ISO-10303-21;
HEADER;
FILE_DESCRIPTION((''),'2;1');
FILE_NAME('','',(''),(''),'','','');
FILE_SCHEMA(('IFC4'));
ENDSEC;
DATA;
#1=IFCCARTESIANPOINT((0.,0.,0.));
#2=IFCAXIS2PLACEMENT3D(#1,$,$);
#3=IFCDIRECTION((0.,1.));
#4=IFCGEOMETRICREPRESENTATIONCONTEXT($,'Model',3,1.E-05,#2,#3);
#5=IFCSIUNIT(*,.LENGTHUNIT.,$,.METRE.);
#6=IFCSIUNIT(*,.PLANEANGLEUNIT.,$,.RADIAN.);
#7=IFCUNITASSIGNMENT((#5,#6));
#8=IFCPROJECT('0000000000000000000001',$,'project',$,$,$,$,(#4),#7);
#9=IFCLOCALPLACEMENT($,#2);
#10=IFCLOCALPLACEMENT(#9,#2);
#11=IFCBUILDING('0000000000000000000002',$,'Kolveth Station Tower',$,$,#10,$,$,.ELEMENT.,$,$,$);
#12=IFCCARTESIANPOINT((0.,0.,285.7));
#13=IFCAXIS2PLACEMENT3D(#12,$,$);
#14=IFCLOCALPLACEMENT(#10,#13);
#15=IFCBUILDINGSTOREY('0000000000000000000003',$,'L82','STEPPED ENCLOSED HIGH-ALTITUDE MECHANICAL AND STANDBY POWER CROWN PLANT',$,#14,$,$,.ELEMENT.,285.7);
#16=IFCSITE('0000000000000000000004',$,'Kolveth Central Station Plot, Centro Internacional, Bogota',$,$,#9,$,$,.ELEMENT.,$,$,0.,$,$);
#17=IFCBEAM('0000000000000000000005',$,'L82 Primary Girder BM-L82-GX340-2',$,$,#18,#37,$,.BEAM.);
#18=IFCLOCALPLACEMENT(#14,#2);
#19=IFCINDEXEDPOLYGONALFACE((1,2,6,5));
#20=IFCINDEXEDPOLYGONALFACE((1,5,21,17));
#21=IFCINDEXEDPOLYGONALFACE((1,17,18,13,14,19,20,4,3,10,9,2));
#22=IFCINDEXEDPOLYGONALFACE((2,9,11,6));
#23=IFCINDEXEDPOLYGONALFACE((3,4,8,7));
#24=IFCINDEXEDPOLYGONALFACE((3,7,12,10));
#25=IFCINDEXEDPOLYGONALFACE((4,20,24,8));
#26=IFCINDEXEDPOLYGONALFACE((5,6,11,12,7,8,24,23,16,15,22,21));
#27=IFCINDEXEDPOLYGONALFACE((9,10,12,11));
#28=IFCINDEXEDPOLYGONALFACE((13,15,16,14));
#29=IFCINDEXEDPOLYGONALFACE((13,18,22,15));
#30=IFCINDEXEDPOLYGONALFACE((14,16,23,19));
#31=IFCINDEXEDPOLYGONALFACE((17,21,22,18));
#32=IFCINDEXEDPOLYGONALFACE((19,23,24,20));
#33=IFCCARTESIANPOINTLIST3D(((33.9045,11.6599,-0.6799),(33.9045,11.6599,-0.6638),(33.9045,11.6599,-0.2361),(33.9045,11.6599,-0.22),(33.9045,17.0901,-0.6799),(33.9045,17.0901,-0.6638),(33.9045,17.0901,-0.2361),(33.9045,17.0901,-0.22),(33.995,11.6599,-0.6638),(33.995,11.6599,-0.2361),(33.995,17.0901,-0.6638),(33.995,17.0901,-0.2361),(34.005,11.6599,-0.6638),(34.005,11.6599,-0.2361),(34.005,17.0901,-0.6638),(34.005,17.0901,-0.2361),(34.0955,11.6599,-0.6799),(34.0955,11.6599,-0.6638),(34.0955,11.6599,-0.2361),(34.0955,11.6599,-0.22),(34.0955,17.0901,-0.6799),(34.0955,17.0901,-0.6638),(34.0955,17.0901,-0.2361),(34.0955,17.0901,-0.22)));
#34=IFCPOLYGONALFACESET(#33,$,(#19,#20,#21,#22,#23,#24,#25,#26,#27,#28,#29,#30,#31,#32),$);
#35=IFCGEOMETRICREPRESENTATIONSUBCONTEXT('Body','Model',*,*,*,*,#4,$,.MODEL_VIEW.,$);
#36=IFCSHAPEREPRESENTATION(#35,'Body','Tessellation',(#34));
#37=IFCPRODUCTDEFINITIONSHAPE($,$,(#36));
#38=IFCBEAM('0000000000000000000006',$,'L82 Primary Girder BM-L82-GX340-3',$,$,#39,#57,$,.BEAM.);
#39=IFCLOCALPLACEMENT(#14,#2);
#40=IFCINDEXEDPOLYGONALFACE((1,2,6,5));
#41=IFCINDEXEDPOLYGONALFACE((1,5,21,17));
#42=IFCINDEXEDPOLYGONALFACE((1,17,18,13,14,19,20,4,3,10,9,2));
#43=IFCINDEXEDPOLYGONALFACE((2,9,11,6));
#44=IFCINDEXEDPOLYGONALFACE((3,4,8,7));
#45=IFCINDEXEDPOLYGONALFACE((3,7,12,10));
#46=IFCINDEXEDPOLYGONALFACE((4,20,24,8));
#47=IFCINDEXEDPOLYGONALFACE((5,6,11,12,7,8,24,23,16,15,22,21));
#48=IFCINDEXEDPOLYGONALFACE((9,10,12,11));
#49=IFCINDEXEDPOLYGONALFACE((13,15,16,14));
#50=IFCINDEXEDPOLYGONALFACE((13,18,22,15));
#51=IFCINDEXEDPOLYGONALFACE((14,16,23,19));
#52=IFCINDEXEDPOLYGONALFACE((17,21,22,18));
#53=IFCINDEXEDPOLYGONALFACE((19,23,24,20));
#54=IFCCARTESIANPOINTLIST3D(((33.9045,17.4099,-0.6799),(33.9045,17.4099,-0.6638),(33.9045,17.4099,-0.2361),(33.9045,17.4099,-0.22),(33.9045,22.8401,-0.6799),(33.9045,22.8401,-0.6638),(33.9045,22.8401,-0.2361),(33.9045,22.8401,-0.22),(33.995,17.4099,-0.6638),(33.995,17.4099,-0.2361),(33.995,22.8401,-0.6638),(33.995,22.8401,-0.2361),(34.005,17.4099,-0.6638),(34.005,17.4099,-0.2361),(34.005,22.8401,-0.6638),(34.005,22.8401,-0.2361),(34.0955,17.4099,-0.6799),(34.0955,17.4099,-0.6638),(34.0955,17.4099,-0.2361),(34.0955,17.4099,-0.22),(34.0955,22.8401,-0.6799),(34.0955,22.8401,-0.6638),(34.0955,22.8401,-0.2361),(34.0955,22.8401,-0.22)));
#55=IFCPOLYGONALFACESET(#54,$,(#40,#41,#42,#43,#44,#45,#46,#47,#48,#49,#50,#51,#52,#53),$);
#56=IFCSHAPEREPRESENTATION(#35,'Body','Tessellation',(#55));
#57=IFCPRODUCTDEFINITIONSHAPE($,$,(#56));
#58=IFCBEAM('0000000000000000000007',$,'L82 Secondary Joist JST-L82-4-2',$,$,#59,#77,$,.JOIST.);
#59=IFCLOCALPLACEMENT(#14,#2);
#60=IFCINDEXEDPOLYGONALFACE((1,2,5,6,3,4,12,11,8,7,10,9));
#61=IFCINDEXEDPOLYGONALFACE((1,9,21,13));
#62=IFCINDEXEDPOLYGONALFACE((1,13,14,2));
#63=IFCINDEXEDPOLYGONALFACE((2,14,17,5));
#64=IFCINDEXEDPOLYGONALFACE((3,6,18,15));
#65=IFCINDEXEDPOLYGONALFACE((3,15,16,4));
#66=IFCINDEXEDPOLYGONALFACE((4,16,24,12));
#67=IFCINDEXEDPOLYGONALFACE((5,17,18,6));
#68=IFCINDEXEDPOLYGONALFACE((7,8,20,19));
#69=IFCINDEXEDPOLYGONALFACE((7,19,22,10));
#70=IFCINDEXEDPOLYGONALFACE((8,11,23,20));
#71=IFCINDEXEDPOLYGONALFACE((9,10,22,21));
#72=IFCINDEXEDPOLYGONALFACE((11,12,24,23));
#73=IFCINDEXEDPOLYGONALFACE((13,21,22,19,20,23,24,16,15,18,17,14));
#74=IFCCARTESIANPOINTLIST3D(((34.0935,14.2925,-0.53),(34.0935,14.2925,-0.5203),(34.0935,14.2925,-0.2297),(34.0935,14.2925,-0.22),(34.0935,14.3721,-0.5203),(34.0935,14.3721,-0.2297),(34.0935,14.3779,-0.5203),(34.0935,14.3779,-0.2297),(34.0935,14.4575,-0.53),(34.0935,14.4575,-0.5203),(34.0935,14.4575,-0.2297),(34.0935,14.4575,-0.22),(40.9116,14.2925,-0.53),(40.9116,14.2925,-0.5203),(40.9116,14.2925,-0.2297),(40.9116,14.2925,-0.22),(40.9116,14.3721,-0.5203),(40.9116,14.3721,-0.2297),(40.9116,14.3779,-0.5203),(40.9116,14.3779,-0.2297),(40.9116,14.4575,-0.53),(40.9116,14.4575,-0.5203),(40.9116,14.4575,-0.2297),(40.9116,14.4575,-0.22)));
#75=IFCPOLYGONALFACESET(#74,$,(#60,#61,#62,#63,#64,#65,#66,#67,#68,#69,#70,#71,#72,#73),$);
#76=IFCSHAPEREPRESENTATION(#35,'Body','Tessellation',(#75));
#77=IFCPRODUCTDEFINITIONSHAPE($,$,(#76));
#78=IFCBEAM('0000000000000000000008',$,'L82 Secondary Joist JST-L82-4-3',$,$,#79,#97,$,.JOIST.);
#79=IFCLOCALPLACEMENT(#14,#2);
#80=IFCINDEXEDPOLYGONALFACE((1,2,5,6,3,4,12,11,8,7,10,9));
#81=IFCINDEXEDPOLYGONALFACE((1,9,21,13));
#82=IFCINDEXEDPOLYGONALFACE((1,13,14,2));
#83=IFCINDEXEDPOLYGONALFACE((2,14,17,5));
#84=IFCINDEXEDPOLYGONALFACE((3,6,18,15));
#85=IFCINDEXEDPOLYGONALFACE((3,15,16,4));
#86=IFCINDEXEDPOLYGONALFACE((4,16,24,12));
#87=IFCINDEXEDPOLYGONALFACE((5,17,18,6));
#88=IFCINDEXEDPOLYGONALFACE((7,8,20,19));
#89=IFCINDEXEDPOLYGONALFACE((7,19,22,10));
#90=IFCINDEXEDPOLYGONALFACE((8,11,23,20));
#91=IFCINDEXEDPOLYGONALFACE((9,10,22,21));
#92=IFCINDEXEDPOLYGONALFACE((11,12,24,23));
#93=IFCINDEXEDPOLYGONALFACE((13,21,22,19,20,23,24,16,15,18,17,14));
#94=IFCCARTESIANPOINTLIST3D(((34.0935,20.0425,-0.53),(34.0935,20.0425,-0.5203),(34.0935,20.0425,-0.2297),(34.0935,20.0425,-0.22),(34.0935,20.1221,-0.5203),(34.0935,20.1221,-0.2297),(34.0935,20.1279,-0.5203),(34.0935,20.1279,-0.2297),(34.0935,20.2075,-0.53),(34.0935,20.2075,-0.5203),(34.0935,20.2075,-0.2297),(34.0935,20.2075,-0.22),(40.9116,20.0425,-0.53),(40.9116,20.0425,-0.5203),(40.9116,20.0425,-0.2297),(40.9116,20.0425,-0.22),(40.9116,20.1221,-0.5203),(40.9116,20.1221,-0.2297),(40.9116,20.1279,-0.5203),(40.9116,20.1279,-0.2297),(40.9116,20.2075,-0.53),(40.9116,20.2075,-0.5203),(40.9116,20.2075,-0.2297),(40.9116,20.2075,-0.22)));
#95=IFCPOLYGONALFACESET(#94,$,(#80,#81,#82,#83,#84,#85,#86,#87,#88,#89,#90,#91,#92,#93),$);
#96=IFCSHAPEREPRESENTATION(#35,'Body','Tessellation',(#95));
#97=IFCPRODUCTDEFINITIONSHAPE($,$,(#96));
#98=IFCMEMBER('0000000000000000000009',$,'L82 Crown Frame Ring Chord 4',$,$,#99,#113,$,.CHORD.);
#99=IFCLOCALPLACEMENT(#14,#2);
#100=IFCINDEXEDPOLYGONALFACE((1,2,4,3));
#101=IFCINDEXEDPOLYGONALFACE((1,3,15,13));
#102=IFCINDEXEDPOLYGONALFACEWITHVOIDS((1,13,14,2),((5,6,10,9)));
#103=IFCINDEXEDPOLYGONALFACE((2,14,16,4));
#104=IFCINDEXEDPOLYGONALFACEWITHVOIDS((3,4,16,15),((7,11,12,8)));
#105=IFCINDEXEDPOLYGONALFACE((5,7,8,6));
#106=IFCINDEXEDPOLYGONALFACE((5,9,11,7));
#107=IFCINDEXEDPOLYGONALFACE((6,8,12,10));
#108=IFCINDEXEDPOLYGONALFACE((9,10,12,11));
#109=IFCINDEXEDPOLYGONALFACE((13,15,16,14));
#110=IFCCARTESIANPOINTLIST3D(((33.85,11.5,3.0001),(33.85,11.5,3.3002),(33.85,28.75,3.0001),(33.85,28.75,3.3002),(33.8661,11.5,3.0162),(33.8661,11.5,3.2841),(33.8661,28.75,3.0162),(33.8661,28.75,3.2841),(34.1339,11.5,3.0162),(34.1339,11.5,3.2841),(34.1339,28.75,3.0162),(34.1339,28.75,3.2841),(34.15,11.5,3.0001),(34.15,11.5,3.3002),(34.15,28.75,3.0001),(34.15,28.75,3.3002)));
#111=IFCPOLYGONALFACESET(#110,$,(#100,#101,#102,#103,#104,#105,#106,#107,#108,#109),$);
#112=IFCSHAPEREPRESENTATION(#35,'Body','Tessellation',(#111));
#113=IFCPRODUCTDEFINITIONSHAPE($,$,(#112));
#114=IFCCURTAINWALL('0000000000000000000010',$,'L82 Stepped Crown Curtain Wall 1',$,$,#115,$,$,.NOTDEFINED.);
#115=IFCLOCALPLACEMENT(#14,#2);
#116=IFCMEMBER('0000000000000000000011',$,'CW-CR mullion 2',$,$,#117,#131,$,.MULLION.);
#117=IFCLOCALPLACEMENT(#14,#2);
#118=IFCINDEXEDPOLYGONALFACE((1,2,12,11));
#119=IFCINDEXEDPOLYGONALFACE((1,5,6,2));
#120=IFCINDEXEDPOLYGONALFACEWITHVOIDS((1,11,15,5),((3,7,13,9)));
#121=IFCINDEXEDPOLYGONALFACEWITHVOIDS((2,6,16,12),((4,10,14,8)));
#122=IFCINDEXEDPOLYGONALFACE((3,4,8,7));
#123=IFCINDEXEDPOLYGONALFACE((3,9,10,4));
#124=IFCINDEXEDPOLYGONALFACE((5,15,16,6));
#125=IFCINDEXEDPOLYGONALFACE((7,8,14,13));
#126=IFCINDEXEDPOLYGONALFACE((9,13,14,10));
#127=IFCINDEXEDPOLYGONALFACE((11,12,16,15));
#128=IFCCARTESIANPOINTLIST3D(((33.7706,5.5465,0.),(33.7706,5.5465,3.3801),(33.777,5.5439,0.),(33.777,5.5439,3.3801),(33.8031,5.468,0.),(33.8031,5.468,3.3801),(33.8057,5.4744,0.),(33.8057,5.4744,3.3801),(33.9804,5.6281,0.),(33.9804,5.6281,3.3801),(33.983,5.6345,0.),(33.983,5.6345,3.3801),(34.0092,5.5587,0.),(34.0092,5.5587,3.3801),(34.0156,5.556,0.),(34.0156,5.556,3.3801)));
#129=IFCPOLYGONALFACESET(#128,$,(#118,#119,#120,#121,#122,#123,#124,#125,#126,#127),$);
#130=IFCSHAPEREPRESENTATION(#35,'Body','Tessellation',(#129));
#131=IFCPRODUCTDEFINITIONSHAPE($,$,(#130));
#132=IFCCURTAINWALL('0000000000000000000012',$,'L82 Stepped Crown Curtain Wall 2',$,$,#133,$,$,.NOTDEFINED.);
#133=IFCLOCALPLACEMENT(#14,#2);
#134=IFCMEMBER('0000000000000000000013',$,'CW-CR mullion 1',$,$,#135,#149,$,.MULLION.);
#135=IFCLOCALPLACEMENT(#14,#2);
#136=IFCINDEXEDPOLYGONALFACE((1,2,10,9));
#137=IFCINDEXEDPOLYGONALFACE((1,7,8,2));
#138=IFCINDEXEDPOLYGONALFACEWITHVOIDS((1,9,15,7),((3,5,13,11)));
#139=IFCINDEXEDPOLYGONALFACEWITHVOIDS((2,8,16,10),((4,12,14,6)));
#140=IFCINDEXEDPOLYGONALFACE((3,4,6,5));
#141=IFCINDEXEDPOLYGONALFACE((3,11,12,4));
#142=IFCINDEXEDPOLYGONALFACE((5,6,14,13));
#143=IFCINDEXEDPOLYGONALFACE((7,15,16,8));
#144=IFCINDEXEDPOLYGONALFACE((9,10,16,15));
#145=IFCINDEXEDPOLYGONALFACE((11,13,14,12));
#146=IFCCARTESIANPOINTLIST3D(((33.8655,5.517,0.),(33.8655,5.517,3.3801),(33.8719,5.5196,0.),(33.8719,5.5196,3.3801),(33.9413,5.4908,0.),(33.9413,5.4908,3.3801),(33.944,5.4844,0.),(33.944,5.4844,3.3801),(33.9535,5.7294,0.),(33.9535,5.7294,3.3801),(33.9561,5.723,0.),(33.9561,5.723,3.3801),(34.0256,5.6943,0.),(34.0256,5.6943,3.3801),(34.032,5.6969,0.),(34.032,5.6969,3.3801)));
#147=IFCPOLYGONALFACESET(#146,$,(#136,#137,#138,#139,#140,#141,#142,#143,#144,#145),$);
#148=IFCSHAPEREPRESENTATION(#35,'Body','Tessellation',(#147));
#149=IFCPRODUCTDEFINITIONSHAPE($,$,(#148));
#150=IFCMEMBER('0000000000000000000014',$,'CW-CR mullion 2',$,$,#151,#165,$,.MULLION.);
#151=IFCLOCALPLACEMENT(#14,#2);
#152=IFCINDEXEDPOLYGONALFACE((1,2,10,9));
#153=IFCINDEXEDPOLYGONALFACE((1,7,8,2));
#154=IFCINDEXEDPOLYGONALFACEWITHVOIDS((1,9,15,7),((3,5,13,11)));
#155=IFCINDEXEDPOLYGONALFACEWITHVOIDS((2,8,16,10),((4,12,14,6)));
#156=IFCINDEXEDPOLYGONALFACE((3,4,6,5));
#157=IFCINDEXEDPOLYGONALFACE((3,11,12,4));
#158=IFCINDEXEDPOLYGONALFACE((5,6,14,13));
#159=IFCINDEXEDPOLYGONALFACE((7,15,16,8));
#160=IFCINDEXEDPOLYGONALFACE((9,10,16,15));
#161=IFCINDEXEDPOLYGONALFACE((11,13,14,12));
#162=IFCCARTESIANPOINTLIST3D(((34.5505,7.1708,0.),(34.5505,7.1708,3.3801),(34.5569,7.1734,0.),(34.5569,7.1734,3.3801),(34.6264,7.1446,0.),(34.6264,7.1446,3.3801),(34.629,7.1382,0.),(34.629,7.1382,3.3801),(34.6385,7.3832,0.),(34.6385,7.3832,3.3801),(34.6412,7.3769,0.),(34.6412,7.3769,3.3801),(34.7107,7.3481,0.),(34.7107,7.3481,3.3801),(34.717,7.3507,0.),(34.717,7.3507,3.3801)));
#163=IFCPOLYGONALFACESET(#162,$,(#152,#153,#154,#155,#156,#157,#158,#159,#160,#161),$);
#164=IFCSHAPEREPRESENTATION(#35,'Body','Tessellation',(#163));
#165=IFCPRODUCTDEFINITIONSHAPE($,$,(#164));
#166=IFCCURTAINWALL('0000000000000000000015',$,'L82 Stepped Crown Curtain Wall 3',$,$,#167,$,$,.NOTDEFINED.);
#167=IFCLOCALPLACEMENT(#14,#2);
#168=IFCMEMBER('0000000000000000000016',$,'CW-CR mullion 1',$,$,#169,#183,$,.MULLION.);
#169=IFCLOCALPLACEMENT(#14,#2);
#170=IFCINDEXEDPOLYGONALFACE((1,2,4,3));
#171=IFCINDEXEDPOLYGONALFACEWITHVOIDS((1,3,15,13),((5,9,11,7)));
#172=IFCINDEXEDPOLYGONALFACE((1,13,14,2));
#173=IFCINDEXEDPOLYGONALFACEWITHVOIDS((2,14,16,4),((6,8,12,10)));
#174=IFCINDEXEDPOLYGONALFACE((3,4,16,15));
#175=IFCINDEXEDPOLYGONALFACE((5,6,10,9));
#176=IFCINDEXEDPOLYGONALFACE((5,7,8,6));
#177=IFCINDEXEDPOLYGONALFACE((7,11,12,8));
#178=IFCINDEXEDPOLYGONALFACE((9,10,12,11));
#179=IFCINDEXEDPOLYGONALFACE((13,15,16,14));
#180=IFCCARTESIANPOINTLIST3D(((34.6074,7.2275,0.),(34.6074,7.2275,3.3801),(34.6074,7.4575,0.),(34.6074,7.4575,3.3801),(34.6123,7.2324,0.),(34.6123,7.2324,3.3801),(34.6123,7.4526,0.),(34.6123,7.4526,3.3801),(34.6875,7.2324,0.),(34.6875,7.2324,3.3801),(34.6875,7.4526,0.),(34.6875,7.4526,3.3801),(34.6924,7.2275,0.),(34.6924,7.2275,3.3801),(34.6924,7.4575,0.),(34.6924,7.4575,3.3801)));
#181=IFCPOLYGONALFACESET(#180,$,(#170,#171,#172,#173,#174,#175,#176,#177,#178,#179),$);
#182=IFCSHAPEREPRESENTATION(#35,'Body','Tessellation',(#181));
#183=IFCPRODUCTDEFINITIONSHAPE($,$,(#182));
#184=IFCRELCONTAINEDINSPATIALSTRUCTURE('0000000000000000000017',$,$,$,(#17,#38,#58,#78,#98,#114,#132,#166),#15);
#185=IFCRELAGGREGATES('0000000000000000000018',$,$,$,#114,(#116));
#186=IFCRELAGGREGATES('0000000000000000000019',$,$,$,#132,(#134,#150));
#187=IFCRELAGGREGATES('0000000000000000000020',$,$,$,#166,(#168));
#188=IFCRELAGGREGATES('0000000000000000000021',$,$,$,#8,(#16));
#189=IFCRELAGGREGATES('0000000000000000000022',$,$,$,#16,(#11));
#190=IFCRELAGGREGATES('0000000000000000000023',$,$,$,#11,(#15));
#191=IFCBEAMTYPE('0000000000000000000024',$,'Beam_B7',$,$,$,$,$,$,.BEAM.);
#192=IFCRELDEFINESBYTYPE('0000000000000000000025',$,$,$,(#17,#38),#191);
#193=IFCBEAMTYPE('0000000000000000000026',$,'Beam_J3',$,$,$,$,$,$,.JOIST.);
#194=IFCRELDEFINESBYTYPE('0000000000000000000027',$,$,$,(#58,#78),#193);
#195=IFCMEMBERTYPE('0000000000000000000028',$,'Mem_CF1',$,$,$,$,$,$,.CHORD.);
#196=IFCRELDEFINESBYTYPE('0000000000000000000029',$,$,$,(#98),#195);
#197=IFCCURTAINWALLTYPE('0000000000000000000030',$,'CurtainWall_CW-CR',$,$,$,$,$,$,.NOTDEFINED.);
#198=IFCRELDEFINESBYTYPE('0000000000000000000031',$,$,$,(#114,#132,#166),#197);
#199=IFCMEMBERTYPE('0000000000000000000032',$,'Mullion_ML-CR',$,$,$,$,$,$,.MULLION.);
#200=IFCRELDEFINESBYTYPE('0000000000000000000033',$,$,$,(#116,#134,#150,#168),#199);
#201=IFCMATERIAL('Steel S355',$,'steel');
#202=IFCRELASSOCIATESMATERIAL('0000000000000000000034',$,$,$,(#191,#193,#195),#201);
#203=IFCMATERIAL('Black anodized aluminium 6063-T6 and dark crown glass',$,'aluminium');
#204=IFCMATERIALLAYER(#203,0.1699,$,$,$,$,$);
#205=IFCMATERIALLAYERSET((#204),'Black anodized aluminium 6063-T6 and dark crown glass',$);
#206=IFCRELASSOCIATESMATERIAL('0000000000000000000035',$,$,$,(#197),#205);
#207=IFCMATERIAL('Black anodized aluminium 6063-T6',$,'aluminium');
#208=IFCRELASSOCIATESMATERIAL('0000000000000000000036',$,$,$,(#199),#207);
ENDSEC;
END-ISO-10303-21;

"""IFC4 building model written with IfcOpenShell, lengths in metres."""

from ifc_helpers import new_model, si_unit, direction, frame, origin, origin_2d, place, context, subcontext, project, spatial, hollow_rectangle, i_section, extrude, source, transform, mapped, material, layer, layer_set, material_profile, profile_set, type_object, element, aggregate, save


model = new_model("IFC4")

# Units and contexts
model_context = context("Model", 3, precision=1e-05, world=origin(), true_north=direction((0.0, 1.0)))
body_context = subcontext(model_context, "Body", "Model", "MODEL_VIEW")
ifc_project = project(units=[si_unit("LENGTHUNIT", "METRE"), si_unit("PLANEANGLEUNIT", "RADIAN")], contexts=[model_context])

# Site, building, storey
site_placement = place(None, origin())
site = spatial("IfcSite", under=ifc_project, at=site_placement, Name="Kolveth Central Station Plot, Centro Internacional, Bogota", CompositionType="ELEMENT", RefElevation=0.0)
building_placement = place(site_placement, origin())
building = spatial("IfcBuilding", under=site, at=building_placement, Name="Kolveth Station Tower", CompositionType="ELEMENT")
storey_placement = place(building_placement, frame((0.0, 0.0, 285.7)))
storey = spatial("IfcBuildingStorey", under=building, at=storey_placement, Name="L82", Description="STEPPED ENCLOSED HIGH-ALTITUDE MECHANICAL AND STANDBY POWER CROWN PLANT", CompositionType="ELEMENT", Elevation=285.7)

# Shared definitions
ifc_material_1 = material(Name="Steel S355", Category="steel")

# Beams
ifc_material_profile_1 = material_profile(ifc_material_1, i_section(OverallWidth=0.1909, OverallDepth=0.46, WebThickness=0.01, FlangeThickness=0.0161, at=origin_2d()), Name="W460x82")
ifc_profile_set_1 = profile_set([ifc_material_profile_1], Name="Steel S355")
beam_type_1 = type_object("IfcBeamType", Name="Beam_B7", PredefinedType="BEAM", material=ifc_profile_set_1)
shared_shape_1 = source(origin(), body_context, "Body", "SweptSolid", [
    extrude(i_section(OverallWidth=0.1909, OverallDepth=0.46, WebThickness=0.01, FlangeThickness=0.0161, at=origin_2d()), origin(), (0.0, 0.0, 1.0), 5.4302),
])
for number, where, z_axis, x_axis, name in (
    (1, (34.0, 11.6599, -0.45), (0.0, 1.0, 0.0), (-1.0, 0.0, 0.0), "L82 Primary Girder BM-L82-GX340-2"),
    (2, (34.0, 17.4099, -0.45), (0.0, 1.0, 0.0), (-1.0, 0.0, 0.0), "L82 Primary Girder BM-L82-GX340-3"),
):
    element("IfcBeam", number, at=place(storey_placement, frame(where, z_axis=z_axis, x_axis=x_axis)), inside=storey, type_object=beam_type_1, Name=name, PredefinedType="BEAM", context=body_context, shape_type="MappedRepresentation", body=[
        mapped(shared_shape_1, transform((0.0, 0.0, 0.0), x_axis=(1.0, 0.0, 0.0), y_axis=(0.0, 1.0, 0.0), z_axis=(0.0, 0.0, 1.0), scale=1.0)),
    ])
ifc_material_profile_2 = material_profile(ifc_material_1, i_section(OverallWidth=0.165, OverallDepth=0.3101, WebThickness=0.0059, FlangeThickness=0.0098, at=origin_2d()), Name="W310x39")
ifc_profile_set_2 = profile_set([ifc_material_profile_2], Name="Steel S355")
beam_type_2 = type_object("IfcBeamType", Name="Beam_J3", PredefinedType="JOIST", material=ifc_profile_set_2)
shared_shape_2 = source(origin(), body_context, "Body", "SweptSolid", [
    extrude(i_section(OverallWidth=0.165, OverallDepth=0.3101, WebThickness=0.0059, FlangeThickness=0.0098, at=origin_2d()), origin(), (0.0, 0.0, 1.0), 6.8181),
])
for number, where, z_axis, x_axis, name in (
    (3, (34.0935, 14.375, -0.375), (1.0, 0.0, 0.0), (0.0, 1.0, 0.0), "L82 Secondary Joist JST-L82-4-2"),
    (4, (34.0935, 20.125, -0.375), (1.0, 0.0, 0.0), (0.0, 1.0, 0.0), "L82 Secondary Joist JST-L82-4-3"),
):
    element("IfcBeam", number, at=place(storey_placement, frame(where, z_axis=z_axis, x_axis=x_axis)), inside=storey, type_object=beam_type_2, Name=name, PredefinedType="JOIST", context=body_context, shape_type="MappedRepresentation", body=[
        mapped(shared_shape_2, transform((0.0, 0.0, 0.0), x_axis=(1.0, 0.0, 0.0), y_axis=(0.0, 1.0, 0.0), z_axis=(0.0, 0.0, 1.0), scale=1.0)),
    ])

# Member
ifc_material_profile_3 = material_profile(ifc_material_1, hollow_rectangle(XDim=0.3, YDim=0.3, WallThickness=0.0161, at=origin_2d()), Name="CROWN-HSS300x300x16")
ifc_profile_set_3 = profile_set([ifc_material_profile_3], Name="Steel S355")
member_type_1 = type_object("IfcMemberType", Name="Mem_CF1", PredefinedType="CHORD", material=ifc_profile_set_3)
shared_shape_3 = source(origin(), body_context, "Body", "SweptSolid", [
    extrude(hollow_rectangle(XDim=0.3, YDim=0.3, WallThickness=0.0161, at=origin_2d()), origin(), (0.0, 0.0, 1.0), 17.25),
])
member_1_placement = place(storey_placement, frame((34.0, 11.5, 3.1501), z_axis=(0.0, 1.0, 0.0), x_axis=(-1.0, 0.0, 0.0)))
element("IfcMember", 5, at=member_1_placement, inside=storey, type_object=member_type_1, Name="L82 Crown Frame Ring Chord 4", PredefinedType="CHORD", context=body_context, shape_type="MappedRepresentation", body=[
    mapped(shared_shape_3, transform((0.0, 0.0, 0.0), x_axis=(1.0, 0.0, 0.0), y_axis=(0.0, 1.0, 0.0), z_axis=(0.0, 0.0, 1.0), scale=1.0)),
])

# Curtain wall, member
ifc_material_2 = material(Name="Black anodized aluminium 6063-T6 and dark crown glass", Category="aluminium")
ifc_layer_1 = layer(ifc_material_2, 0.1699)
ifc_layer_set_1 = layer_set([ifc_layer_1], Name="Black anodized aluminium 6063-T6 and dark crown glass")
curtain_wall_type = type_object("IfcCurtainWallType", Name="CurtainWall_CW-CR", PredefinedType="NOTDEFINED", material=ifc_layer_set_1)
curtain_wall_1_placement = place(storey_placement, origin())
curtain_wall_1 = element("IfcCurtainWall", 6, at=curtain_wall_1_placement, inside=storey, type_object=curtain_wall_type, Name="L82 Stepped Crown Curtain Wall 1", PredefinedType="NOTDEFINED")
ifc_material_3 = material(Name="Black anodized aluminium 6063-T6", Category="aluminium")
ifc_material_profile_4 = material_profile(ifc_material_3, hollow_rectangle(XDim=0.085, YDim=0.23, WallThickness=0.0049, at=origin_2d()), Name="ALU-85x230x5")
ifc_profile_set_4 = profile_set([ifc_material_profile_4], Name="Black anodized aluminium 6063-T6")
member_type_2 = type_object("IfcMemberType", Name="Mullion_ML-CR", PredefinedType="MULLION", material=ifc_profile_set_4)
shared_shape_4 = source(origin(), body_context, "Body", "SweptSolid", [
    extrude(hollow_rectangle(XDim=0.085, YDim=0.23, WallThickness=0.0049, at=origin_2d()), origin(), (0.0, 0.0, 1.0), 3.3801),
])
member_2_placement = place(storey_placement, frame((33.8931, 5.5513, 0.0), z_axis=(0.0, 0.0, 1.0), x_axis=(-0.382691, 0.923876, 0.0)))
member_2 = element("IfcMember", 7, at=member_2_placement, type_object=member_type_2, Name="CW-CR mullion 2", PredefinedType="MULLION", context=body_context, shape_type="MappedRepresentation", body=[
    mapped(shared_shape_4, transform((0.0, 0.0, 0.0), x_axis=(1.0, 0.0, 0.0), y_axis=(0.0, 1.0, 0.0), z_axis=(0.0, 0.0, 1.0), scale=1.0)),
])
aggregate(curtain_wall_1, [member_2])

# Curtain wall, members
curtain_wall_2_placement = place(storey_placement, origin())
curtain_wall_2 = element("IfcCurtainWall", 8, at=curtain_wall_2_placement, inside=storey, type_object=curtain_wall_type, Name="L82 Stepped Crown Curtain Wall 2", PredefinedType="NOTDEFINED")
member_3_placement = place(storey_placement, frame((33.9487, 5.6069, 0.0), z_axis=(0.0, 0.0, 1.0), x_axis=(-0.923876, 0.382691, 0.0)))
member_3 = element("IfcMember", 9, at=member_3_placement, type_object=member_type_2, Name="CW-CR mullion 1", PredefinedType="MULLION", context=body_context, shape_type="MappedRepresentation", body=[
    mapped(shared_shape_4, transform((0.0, 0.0, 0.0), x_axis=(1.0, 0.0, 0.0), y_axis=(0.0, 1.0, 0.0), z_axis=(0.0, 0.0, 1.0), scale=1.0)),
])
member_4_placement = place(storey_placement, frame((34.6338, 7.2607, 0.0), z_axis=(0.0, 0.0, 1.0), x_axis=(-0.923876, 0.382691, 0.0)))
member_4 = element("IfcMember", 10, at=member_4_placement, type_object=member_type_2, Name="CW-CR mullion 2", PredefinedType="MULLION", context=body_context, shape_type="MappedRepresentation", body=[
    mapped(shared_shape_4, transform((0.0, 0.0, 0.0), x_axis=(1.0, 0.0, 0.0), y_axis=(0.0, 1.0, 0.0), z_axis=(0.0, 0.0, 1.0), scale=1.0)),
])

# Curtain wall, member
curtain_wall_3_placement = place(storey_placement, origin())
curtain_wall_3 = element("IfcCurtainWall", 11, at=curtain_wall_3_placement, inside=storey, type_object=curtain_wall_type, Name="L82 Stepped Crown Curtain Wall 3", PredefinedType="NOTDEFINED")
member_5_placement = place(storey_placement, frame((34.6499, 7.3425, 0.0), z_axis=(0.0, 0.0, 1.0), x_axis=(-1.0, 0.0, 0.0)))
member_5 = element("IfcMember", 12, at=member_5_placement, type_object=member_type_2, Name="CW-CR mullion 1", PredefinedType="MULLION", context=body_context, shape_type="MappedRepresentation", body=[
    mapped(shared_shape_4, transform((0.0, 0.0, 0.0), x_axis=(1.0, 0.0, 0.0), y_axis=(0.0, 1.0, 0.0), z_axis=(0.0, 0.0, 1.0), scale=1.0)),
])

aggregate(curtain_wall_2, [member_3, member_4])
aggregate(curtain_wall_3, [member_5])

save(model, "model.ifc")
